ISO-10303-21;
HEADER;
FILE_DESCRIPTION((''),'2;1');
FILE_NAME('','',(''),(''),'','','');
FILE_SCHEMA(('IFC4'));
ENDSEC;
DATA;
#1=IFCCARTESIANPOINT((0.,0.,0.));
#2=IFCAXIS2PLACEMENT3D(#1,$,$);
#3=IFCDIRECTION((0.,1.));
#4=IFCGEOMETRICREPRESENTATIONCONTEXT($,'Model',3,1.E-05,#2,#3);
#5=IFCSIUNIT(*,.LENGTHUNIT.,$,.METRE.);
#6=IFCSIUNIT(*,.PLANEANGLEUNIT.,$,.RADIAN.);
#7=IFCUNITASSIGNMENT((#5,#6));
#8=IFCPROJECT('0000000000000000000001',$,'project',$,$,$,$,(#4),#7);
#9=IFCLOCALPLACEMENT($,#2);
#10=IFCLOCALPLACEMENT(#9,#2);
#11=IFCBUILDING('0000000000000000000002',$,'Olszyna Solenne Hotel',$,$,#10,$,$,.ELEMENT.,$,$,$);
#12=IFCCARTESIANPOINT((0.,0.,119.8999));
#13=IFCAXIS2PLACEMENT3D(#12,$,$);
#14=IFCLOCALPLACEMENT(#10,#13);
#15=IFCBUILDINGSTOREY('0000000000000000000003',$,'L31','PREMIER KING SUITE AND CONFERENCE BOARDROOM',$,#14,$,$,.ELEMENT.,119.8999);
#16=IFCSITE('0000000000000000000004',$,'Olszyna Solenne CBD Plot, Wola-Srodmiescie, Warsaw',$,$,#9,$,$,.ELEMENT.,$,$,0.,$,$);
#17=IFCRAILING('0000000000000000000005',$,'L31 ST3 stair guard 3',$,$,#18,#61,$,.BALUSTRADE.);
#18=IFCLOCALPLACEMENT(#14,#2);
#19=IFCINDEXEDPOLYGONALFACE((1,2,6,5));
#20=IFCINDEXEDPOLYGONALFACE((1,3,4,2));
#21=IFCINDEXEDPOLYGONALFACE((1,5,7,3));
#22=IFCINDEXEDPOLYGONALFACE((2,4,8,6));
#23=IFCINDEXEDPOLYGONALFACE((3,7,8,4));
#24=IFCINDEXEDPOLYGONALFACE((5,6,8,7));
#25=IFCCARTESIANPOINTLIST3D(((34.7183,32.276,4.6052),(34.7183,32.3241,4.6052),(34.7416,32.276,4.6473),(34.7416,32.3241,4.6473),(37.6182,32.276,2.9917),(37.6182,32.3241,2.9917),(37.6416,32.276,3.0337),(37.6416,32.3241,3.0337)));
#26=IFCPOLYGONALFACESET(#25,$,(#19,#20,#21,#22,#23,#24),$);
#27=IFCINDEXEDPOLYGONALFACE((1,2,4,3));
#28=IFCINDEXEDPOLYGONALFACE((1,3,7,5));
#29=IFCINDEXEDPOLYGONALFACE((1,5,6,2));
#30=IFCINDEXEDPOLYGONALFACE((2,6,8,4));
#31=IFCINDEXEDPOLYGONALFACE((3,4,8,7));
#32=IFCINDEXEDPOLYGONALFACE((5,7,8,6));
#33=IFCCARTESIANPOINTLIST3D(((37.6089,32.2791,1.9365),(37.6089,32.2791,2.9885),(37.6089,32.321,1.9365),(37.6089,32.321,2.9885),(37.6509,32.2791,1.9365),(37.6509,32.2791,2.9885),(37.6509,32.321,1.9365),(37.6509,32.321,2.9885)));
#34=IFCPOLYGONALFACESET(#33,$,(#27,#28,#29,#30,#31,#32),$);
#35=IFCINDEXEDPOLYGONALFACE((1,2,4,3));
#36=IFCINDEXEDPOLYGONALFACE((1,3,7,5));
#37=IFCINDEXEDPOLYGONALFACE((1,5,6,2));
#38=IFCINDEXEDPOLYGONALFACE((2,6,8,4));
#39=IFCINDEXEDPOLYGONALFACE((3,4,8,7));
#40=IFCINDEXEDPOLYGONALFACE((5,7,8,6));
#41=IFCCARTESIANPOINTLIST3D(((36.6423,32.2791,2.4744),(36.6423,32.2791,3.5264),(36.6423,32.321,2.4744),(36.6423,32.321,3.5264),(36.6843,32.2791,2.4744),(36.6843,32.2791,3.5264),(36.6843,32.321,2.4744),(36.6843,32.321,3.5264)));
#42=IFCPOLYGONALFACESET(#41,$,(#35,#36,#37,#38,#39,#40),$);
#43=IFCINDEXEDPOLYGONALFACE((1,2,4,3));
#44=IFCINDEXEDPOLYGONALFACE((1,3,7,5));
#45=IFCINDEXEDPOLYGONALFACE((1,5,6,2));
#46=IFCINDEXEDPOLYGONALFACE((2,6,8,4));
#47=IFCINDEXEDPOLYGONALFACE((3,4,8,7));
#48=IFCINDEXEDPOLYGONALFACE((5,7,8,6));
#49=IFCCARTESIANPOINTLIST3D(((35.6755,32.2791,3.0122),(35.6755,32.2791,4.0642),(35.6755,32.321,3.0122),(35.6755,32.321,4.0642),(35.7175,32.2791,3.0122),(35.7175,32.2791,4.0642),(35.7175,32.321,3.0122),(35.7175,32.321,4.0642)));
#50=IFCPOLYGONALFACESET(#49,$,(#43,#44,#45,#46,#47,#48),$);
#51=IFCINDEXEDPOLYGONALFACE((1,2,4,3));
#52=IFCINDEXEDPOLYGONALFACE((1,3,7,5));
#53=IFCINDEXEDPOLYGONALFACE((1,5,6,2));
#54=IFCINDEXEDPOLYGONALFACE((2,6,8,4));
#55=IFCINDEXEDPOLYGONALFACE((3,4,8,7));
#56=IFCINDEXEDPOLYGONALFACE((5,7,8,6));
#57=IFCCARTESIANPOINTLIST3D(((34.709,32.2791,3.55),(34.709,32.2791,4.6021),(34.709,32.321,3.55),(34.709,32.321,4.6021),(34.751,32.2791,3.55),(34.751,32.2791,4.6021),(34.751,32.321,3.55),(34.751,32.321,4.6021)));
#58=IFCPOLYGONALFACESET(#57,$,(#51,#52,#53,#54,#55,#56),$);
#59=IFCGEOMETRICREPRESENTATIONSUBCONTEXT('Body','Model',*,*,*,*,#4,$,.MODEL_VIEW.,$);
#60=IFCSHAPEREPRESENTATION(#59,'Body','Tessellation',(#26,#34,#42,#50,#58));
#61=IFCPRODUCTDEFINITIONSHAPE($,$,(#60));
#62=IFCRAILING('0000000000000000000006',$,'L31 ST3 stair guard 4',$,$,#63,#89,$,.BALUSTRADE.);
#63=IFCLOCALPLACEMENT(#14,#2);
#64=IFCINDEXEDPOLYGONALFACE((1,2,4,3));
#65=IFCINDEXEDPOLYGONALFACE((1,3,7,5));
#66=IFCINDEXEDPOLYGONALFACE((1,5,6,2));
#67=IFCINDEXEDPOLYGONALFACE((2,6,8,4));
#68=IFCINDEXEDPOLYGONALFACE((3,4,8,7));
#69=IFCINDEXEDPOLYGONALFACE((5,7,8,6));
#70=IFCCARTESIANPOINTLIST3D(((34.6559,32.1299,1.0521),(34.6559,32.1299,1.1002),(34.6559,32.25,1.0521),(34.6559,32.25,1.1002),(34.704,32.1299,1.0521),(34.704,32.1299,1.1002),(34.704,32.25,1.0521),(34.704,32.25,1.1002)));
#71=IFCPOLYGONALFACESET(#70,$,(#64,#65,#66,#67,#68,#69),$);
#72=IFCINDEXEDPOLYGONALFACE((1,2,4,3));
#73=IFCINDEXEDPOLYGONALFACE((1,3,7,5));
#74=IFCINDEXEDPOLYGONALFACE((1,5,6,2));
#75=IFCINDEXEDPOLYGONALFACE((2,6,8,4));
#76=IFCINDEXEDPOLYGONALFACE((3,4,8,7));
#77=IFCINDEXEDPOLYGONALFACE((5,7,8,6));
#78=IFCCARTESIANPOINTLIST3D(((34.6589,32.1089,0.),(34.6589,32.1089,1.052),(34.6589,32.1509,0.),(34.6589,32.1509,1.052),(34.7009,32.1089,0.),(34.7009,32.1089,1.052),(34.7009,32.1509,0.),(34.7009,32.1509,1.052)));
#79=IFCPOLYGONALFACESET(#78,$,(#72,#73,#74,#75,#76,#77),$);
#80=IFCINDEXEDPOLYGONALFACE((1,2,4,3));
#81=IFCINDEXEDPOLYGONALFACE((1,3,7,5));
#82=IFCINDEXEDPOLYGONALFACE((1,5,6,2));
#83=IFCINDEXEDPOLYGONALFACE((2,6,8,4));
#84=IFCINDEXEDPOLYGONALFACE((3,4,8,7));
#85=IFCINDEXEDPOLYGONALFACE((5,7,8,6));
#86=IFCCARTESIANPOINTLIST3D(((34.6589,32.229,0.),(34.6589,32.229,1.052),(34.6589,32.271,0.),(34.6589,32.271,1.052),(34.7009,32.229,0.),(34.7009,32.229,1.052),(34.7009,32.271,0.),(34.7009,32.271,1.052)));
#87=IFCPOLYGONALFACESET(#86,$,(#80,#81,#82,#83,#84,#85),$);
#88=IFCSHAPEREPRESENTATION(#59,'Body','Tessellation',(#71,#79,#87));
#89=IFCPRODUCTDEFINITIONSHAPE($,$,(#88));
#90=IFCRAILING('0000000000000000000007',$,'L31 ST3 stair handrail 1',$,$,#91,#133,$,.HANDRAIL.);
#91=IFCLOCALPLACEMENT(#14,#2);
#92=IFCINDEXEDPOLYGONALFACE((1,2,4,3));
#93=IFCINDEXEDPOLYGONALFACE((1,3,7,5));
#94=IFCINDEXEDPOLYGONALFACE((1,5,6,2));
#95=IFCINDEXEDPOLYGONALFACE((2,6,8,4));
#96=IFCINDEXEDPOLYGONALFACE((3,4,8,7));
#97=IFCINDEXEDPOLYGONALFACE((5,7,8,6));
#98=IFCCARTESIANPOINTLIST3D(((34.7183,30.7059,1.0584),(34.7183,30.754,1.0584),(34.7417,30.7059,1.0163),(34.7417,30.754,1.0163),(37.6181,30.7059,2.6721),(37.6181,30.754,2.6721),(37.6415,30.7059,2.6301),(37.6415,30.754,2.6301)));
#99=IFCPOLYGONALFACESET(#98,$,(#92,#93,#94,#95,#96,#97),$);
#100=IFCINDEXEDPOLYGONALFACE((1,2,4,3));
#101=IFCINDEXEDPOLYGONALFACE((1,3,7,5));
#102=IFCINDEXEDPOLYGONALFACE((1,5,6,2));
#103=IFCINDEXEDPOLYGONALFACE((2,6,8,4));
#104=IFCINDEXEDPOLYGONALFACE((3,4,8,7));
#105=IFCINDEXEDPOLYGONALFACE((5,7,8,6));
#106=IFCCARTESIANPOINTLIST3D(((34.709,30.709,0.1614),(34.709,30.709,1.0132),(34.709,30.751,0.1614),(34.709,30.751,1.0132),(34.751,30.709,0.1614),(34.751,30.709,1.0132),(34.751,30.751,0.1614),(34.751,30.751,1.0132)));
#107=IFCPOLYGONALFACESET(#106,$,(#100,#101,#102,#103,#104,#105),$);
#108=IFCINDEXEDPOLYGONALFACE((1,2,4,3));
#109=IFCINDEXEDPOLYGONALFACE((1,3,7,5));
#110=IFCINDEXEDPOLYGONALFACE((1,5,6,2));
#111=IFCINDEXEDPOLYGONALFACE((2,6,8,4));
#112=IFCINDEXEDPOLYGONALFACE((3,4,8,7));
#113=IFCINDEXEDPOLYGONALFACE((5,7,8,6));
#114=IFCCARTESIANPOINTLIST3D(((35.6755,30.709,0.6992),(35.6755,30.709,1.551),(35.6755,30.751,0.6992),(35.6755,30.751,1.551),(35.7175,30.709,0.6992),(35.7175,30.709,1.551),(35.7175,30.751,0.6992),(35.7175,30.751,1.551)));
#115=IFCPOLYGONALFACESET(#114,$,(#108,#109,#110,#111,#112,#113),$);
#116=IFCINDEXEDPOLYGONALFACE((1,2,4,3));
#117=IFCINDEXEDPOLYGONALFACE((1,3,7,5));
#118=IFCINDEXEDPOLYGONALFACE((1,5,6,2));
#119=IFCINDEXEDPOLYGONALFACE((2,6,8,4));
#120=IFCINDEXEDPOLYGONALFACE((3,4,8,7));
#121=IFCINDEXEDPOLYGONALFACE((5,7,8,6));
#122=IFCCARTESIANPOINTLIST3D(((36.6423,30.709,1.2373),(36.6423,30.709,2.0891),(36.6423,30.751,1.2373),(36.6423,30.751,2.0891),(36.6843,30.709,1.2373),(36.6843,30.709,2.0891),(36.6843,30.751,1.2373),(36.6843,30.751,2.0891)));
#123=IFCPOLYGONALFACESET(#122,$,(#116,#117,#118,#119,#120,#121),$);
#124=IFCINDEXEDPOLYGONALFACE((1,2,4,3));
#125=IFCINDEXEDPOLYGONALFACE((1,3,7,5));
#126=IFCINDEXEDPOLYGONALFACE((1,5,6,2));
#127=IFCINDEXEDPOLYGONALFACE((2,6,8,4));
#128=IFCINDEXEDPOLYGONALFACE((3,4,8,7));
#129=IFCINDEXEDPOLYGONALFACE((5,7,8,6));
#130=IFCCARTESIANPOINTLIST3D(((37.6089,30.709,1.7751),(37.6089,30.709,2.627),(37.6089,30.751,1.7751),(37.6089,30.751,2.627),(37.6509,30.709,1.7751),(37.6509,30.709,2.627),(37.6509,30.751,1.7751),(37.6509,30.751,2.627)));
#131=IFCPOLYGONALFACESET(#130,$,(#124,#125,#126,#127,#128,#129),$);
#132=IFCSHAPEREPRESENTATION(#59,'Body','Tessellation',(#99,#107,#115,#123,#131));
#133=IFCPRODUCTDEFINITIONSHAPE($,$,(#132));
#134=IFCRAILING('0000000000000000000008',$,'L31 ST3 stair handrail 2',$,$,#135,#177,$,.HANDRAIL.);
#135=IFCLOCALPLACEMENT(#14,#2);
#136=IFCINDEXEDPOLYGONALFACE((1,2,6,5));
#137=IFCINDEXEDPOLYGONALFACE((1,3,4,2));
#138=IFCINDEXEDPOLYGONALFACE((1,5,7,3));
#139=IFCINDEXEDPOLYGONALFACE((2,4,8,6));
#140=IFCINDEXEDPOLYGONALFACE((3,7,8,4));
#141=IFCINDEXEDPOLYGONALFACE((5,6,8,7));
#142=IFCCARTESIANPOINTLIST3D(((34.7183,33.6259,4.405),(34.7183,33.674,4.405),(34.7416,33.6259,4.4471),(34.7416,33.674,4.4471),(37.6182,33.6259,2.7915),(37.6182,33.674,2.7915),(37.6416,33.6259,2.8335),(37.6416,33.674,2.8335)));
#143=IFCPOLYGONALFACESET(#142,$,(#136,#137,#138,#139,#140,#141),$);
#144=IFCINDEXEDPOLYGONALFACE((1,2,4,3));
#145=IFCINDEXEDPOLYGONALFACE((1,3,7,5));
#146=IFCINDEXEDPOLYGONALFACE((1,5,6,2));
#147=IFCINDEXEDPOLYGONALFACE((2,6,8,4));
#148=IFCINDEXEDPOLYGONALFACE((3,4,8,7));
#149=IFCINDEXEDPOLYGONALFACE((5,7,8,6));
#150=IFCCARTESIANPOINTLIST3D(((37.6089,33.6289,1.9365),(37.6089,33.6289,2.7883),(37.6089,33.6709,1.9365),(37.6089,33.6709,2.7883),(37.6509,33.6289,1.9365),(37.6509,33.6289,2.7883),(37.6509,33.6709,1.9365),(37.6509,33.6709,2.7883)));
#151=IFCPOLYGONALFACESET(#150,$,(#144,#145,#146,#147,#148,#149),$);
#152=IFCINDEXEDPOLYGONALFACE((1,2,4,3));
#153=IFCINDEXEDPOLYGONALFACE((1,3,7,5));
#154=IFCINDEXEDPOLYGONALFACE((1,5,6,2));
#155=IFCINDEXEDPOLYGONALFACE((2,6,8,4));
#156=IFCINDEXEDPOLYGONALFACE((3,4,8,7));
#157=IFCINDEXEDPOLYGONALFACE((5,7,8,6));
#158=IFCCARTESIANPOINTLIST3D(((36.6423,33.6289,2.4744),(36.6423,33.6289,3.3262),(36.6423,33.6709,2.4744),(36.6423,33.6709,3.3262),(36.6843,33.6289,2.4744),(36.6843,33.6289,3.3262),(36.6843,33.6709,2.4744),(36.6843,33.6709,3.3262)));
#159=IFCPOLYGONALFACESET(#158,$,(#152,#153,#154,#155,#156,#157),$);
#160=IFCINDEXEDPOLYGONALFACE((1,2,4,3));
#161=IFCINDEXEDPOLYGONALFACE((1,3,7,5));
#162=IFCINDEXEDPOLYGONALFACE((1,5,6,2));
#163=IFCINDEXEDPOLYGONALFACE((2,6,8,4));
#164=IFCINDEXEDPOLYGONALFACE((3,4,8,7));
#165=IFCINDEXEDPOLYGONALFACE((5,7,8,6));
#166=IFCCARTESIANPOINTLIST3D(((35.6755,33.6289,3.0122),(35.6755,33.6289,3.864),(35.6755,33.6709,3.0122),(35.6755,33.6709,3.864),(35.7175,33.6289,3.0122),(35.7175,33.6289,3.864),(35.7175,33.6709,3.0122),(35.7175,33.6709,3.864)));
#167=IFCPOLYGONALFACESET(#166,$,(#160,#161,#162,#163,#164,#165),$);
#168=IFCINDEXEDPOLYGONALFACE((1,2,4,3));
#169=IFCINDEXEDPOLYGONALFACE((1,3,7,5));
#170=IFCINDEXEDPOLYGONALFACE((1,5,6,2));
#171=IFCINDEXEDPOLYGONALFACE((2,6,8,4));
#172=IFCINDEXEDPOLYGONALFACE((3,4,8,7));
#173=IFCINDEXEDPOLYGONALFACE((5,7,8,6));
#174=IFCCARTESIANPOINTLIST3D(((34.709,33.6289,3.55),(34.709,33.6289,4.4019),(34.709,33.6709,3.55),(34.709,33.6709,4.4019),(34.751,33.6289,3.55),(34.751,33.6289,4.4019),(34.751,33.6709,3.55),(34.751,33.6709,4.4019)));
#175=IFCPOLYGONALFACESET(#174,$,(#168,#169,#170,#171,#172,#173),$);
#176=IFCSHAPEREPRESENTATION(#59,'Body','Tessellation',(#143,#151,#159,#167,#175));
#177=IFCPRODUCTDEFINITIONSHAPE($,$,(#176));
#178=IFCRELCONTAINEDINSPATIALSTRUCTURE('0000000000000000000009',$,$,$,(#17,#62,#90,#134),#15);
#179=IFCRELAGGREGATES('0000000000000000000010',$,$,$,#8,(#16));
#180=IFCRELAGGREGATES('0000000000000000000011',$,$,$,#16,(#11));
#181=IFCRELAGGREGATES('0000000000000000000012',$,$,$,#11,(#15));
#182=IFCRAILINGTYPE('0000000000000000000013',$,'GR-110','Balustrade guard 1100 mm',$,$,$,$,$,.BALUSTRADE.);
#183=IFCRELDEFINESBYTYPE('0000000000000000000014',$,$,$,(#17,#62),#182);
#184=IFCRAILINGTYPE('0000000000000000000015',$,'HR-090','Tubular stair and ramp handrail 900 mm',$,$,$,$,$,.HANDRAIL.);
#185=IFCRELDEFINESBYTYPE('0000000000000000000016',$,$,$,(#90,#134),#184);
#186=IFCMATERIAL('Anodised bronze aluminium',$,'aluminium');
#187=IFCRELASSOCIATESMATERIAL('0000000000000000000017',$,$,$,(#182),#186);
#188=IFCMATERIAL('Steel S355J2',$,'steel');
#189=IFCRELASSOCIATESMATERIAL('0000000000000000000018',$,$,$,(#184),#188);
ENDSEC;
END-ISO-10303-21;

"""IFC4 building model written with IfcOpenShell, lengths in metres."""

from ifc_helpers import new_model, si_unit, direction, frame, origin, origin_2d, place, context, subcontext, project, spatial, rectangle, extrude, material, type_object, element, save


model = new_model("IFC4")

# Units and contexts
model_context = context("Model", 3, precision=1e-05, world=origin(), true_north=direction((0.0, 1.0)))
body_context = subcontext(model_context, "Body", "Model", "MODEL_VIEW")
ifc_project = project(units=[si_unit("LENGTHUNIT", "METRE"), si_unit("PLANEANGLEUNIT", "RADIAN")], contexts=[model_context])

# Site, building, storey
site_placement = place(None, origin())
site = spatial("IfcSite", under=ifc_project, at=site_placement, Name="Olszyna Solenne CBD Plot, Wola-Srodmiescie, Warsaw", CompositionType="ELEMENT", RefElevation=0.0)
building_placement = place(site_placement, origin())
building = spatial("IfcBuilding", under=site, at=building_placement, Name="Olszyna Solenne Hotel", CompositionType="ELEMENT")
storey_placement = place(building_placement, frame((0.0, 0.0, 119.8999)))
storey = spatial("IfcBuildingStorey", under=building, at=storey_placement, Name="L31", Description="PREMIER KING SUITE AND CONFERENCE BOARDROOM", CompositionType="ELEMENT", Elevation=119.8999)

# Shared definitions
ifc_material_1 = material(Name="Steel S355J2", Category="steel")

# Shared definitions
ifc_material_2 = material(Name="Anodised bronze aluminium", Category="aluminium")

# Railings
railing_type_1 = type_object("IfcRailingType", Name="GR-110", Description="Balustrade guard 1100 mm", PredefinedType="BALUSTRADE", material=ifc_material_2)
railing_1_placement = place(storey_placement, frame((37.6299, 32.3, 1.9365)))
element("IfcRailing", 1, at=railing_1_placement, inside=storey, type_object=railing_type_1, Name="L31 ST3 stair guard 3", PredefinedType="BALUSTRADE", context=body_context, shape_type="SweptSolid", body=[
    extrude(rectangle(XDim=0.0481, YDim=0.0481, at=origin_2d()), frame((0.0, 0.0, 1.0762), z_axis=(-0.873841, 0.0, 0.486211), x_axis=(0.0, -1.0, 0.0)), (0.0, 0.0, 1.0), 3.3186),
    extrude(rectangle(XDim=0.042, YDim=0.042, at=origin_2d()), origin(), (0.0, 0.0, 1.0), 1.052),
    extrude(rectangle(XDim=0.042, YDim=0.042, at=origin_2d()), frame((-0.9666, 0.0, 0.5378)), (0.0, 0.0, 1.0), 1.052),
    extrude(rectangle(XDim=0.042, YDim=0.042, at=origin_2d()), frame((-1.9333, 0.0, 1.0757)), (0.0, 0.0, 1.0), 1.052),
    extrude(rectangle(XDim=0.042, YDim=0.042, at=origin_2d()), frame((-2.8999, 0.0, 1.6135)), (0.0, 0.0, 1.0), 1.052),
])
railing_2_placement = place(storey_placement, frame((34.6799, 32.1299, 0.0)))
element("IfcRailing", 2, at=railing_2_placement, inside=storey, type_object=railing_type_1, Name="L31 ST3 stair guard 4", PredefinedType="BALUSTRADE", context=body_context, shape_type="SweptSolid", body=[
    extrude(rectangle(XDim=0.0481, YDim=0.0481, at=origin_2d()), frame((0.0, 0.0, 1.0762), z_axis=(0.0, 1.0, 0.0), x_axis=(-1.0, 0.0, 0.0)), (0.0, 0.0, 1.0), 0.1201),
    extrude(rectangle(XDim=0.042, YDim=0.042, at=origin_2d()), origin(), (0.0, 0.0, 1.0), 1.052),
    extrude(rectangle(XDim=0.042, YDim=0.042, at=origin_2d()), frame((0.0, 0.1201, 0.0)), (0.0, 0.0, 1.0), 1.052),
])
railing_type_2 = type_object("IfcRailingType", Name="HR-090", Description="Tubular stair and ramp handrail 900 mm", PredefinedType="HANDRAIL", material=ifc_material_1)
railing_3_placement = place(storey_placement, frame((34.73, 30.73, 0.1614)))
element("IfcRailing", 3, at=railing_3_placement, inside=storey, type_object=railing_type_2, Name="L31 ST3 stair handrail 1", PredefinedType="HANDRAIL", context=body_context, shape_type="SweptSolid", body=[
    extrude(rectangle(XDim=0.0481, YDim=0.0481, at=origin_2d()), frame((0.0, 0.0, 0.876), z_axis=(0.87381, 0.0, 0.486267), x_axis=(0.0, 1.0, 0.0)), (0.0, 0.0, 1.0), 3.3186),
    extrude(rectangle(XDim=0.042, YDim=0.042, at=origin_2d()), origin(), (0.0, 0.0, 1.0), 0.8518),
    extrude(rectangle(XDim=0.042, YDim=0.042, at=origin_2d()), frame((0.9666, 0.0, 0.5378)), (0.0, 0.0, 1.0), 0.8518),
    extrude(rectangle(XDim=0.042, YDim=0.042, at=origin_2d()), frame((1.9333, 0.0, 1.0759)), (0.0, 0.0, 1.0), 0.8518),
    extrude(rectangle(XDim=0.042, YDim=0.042, at=origin_2d()), frame((2.8999, 0.0, 1.6138)), (0.0, 0.0, 1.0), 0.8518),
])
railing_4_placement = place(storey_placement, frame((37.6299, 33.6499, 1.9365)))
element("IfcRailing", 4, at=railing_4_placement, inside=storey, type_object=railing_type_2, Name="L31 ST3 stair handrail 2", PredefinedType="HANDRAIL", context=body_context, shape_type="SweptSolid", body=[
    extrude(rectangle(XDim=0.0481, YDim=0.0481, at=origin_2d()), frame((0.0, 0.0, 0.876), z_axis=(-0.873841, 0.0, 0.486211), x_axis=(0.0, -1.0, 0.0)), (0.0, 0.0, 1.0), 3.3186),
    extrude(rectangle(XDim=0.042, YDim=0.042, at=origin_2d()), origin(), (0.0, 0.0, 1.0), 0.8518),
    extrude(rectangle(XDim=0.042, YDim=0.042, at=origin_2d()), frame((-0.9666, 0.0, 0.5378)), (0.0, 0.0, 1.0), 0.8518),
    extrude(rectangle(XDim=0.042, YDim=0.042, at=origin_2d()), frame((-1.9333, 0.0, 1.0757)), (0.0, 0.0, 1.0), 0.8518),
    extrude(rectangle(XDim=0.042, YDim=0.042, at=origin_2d()), frame((-2.8999, 0.0, 1.6135)), (0.0, 0.0, 1.0), 0.8518),
])

save(model, "model.ifc")
